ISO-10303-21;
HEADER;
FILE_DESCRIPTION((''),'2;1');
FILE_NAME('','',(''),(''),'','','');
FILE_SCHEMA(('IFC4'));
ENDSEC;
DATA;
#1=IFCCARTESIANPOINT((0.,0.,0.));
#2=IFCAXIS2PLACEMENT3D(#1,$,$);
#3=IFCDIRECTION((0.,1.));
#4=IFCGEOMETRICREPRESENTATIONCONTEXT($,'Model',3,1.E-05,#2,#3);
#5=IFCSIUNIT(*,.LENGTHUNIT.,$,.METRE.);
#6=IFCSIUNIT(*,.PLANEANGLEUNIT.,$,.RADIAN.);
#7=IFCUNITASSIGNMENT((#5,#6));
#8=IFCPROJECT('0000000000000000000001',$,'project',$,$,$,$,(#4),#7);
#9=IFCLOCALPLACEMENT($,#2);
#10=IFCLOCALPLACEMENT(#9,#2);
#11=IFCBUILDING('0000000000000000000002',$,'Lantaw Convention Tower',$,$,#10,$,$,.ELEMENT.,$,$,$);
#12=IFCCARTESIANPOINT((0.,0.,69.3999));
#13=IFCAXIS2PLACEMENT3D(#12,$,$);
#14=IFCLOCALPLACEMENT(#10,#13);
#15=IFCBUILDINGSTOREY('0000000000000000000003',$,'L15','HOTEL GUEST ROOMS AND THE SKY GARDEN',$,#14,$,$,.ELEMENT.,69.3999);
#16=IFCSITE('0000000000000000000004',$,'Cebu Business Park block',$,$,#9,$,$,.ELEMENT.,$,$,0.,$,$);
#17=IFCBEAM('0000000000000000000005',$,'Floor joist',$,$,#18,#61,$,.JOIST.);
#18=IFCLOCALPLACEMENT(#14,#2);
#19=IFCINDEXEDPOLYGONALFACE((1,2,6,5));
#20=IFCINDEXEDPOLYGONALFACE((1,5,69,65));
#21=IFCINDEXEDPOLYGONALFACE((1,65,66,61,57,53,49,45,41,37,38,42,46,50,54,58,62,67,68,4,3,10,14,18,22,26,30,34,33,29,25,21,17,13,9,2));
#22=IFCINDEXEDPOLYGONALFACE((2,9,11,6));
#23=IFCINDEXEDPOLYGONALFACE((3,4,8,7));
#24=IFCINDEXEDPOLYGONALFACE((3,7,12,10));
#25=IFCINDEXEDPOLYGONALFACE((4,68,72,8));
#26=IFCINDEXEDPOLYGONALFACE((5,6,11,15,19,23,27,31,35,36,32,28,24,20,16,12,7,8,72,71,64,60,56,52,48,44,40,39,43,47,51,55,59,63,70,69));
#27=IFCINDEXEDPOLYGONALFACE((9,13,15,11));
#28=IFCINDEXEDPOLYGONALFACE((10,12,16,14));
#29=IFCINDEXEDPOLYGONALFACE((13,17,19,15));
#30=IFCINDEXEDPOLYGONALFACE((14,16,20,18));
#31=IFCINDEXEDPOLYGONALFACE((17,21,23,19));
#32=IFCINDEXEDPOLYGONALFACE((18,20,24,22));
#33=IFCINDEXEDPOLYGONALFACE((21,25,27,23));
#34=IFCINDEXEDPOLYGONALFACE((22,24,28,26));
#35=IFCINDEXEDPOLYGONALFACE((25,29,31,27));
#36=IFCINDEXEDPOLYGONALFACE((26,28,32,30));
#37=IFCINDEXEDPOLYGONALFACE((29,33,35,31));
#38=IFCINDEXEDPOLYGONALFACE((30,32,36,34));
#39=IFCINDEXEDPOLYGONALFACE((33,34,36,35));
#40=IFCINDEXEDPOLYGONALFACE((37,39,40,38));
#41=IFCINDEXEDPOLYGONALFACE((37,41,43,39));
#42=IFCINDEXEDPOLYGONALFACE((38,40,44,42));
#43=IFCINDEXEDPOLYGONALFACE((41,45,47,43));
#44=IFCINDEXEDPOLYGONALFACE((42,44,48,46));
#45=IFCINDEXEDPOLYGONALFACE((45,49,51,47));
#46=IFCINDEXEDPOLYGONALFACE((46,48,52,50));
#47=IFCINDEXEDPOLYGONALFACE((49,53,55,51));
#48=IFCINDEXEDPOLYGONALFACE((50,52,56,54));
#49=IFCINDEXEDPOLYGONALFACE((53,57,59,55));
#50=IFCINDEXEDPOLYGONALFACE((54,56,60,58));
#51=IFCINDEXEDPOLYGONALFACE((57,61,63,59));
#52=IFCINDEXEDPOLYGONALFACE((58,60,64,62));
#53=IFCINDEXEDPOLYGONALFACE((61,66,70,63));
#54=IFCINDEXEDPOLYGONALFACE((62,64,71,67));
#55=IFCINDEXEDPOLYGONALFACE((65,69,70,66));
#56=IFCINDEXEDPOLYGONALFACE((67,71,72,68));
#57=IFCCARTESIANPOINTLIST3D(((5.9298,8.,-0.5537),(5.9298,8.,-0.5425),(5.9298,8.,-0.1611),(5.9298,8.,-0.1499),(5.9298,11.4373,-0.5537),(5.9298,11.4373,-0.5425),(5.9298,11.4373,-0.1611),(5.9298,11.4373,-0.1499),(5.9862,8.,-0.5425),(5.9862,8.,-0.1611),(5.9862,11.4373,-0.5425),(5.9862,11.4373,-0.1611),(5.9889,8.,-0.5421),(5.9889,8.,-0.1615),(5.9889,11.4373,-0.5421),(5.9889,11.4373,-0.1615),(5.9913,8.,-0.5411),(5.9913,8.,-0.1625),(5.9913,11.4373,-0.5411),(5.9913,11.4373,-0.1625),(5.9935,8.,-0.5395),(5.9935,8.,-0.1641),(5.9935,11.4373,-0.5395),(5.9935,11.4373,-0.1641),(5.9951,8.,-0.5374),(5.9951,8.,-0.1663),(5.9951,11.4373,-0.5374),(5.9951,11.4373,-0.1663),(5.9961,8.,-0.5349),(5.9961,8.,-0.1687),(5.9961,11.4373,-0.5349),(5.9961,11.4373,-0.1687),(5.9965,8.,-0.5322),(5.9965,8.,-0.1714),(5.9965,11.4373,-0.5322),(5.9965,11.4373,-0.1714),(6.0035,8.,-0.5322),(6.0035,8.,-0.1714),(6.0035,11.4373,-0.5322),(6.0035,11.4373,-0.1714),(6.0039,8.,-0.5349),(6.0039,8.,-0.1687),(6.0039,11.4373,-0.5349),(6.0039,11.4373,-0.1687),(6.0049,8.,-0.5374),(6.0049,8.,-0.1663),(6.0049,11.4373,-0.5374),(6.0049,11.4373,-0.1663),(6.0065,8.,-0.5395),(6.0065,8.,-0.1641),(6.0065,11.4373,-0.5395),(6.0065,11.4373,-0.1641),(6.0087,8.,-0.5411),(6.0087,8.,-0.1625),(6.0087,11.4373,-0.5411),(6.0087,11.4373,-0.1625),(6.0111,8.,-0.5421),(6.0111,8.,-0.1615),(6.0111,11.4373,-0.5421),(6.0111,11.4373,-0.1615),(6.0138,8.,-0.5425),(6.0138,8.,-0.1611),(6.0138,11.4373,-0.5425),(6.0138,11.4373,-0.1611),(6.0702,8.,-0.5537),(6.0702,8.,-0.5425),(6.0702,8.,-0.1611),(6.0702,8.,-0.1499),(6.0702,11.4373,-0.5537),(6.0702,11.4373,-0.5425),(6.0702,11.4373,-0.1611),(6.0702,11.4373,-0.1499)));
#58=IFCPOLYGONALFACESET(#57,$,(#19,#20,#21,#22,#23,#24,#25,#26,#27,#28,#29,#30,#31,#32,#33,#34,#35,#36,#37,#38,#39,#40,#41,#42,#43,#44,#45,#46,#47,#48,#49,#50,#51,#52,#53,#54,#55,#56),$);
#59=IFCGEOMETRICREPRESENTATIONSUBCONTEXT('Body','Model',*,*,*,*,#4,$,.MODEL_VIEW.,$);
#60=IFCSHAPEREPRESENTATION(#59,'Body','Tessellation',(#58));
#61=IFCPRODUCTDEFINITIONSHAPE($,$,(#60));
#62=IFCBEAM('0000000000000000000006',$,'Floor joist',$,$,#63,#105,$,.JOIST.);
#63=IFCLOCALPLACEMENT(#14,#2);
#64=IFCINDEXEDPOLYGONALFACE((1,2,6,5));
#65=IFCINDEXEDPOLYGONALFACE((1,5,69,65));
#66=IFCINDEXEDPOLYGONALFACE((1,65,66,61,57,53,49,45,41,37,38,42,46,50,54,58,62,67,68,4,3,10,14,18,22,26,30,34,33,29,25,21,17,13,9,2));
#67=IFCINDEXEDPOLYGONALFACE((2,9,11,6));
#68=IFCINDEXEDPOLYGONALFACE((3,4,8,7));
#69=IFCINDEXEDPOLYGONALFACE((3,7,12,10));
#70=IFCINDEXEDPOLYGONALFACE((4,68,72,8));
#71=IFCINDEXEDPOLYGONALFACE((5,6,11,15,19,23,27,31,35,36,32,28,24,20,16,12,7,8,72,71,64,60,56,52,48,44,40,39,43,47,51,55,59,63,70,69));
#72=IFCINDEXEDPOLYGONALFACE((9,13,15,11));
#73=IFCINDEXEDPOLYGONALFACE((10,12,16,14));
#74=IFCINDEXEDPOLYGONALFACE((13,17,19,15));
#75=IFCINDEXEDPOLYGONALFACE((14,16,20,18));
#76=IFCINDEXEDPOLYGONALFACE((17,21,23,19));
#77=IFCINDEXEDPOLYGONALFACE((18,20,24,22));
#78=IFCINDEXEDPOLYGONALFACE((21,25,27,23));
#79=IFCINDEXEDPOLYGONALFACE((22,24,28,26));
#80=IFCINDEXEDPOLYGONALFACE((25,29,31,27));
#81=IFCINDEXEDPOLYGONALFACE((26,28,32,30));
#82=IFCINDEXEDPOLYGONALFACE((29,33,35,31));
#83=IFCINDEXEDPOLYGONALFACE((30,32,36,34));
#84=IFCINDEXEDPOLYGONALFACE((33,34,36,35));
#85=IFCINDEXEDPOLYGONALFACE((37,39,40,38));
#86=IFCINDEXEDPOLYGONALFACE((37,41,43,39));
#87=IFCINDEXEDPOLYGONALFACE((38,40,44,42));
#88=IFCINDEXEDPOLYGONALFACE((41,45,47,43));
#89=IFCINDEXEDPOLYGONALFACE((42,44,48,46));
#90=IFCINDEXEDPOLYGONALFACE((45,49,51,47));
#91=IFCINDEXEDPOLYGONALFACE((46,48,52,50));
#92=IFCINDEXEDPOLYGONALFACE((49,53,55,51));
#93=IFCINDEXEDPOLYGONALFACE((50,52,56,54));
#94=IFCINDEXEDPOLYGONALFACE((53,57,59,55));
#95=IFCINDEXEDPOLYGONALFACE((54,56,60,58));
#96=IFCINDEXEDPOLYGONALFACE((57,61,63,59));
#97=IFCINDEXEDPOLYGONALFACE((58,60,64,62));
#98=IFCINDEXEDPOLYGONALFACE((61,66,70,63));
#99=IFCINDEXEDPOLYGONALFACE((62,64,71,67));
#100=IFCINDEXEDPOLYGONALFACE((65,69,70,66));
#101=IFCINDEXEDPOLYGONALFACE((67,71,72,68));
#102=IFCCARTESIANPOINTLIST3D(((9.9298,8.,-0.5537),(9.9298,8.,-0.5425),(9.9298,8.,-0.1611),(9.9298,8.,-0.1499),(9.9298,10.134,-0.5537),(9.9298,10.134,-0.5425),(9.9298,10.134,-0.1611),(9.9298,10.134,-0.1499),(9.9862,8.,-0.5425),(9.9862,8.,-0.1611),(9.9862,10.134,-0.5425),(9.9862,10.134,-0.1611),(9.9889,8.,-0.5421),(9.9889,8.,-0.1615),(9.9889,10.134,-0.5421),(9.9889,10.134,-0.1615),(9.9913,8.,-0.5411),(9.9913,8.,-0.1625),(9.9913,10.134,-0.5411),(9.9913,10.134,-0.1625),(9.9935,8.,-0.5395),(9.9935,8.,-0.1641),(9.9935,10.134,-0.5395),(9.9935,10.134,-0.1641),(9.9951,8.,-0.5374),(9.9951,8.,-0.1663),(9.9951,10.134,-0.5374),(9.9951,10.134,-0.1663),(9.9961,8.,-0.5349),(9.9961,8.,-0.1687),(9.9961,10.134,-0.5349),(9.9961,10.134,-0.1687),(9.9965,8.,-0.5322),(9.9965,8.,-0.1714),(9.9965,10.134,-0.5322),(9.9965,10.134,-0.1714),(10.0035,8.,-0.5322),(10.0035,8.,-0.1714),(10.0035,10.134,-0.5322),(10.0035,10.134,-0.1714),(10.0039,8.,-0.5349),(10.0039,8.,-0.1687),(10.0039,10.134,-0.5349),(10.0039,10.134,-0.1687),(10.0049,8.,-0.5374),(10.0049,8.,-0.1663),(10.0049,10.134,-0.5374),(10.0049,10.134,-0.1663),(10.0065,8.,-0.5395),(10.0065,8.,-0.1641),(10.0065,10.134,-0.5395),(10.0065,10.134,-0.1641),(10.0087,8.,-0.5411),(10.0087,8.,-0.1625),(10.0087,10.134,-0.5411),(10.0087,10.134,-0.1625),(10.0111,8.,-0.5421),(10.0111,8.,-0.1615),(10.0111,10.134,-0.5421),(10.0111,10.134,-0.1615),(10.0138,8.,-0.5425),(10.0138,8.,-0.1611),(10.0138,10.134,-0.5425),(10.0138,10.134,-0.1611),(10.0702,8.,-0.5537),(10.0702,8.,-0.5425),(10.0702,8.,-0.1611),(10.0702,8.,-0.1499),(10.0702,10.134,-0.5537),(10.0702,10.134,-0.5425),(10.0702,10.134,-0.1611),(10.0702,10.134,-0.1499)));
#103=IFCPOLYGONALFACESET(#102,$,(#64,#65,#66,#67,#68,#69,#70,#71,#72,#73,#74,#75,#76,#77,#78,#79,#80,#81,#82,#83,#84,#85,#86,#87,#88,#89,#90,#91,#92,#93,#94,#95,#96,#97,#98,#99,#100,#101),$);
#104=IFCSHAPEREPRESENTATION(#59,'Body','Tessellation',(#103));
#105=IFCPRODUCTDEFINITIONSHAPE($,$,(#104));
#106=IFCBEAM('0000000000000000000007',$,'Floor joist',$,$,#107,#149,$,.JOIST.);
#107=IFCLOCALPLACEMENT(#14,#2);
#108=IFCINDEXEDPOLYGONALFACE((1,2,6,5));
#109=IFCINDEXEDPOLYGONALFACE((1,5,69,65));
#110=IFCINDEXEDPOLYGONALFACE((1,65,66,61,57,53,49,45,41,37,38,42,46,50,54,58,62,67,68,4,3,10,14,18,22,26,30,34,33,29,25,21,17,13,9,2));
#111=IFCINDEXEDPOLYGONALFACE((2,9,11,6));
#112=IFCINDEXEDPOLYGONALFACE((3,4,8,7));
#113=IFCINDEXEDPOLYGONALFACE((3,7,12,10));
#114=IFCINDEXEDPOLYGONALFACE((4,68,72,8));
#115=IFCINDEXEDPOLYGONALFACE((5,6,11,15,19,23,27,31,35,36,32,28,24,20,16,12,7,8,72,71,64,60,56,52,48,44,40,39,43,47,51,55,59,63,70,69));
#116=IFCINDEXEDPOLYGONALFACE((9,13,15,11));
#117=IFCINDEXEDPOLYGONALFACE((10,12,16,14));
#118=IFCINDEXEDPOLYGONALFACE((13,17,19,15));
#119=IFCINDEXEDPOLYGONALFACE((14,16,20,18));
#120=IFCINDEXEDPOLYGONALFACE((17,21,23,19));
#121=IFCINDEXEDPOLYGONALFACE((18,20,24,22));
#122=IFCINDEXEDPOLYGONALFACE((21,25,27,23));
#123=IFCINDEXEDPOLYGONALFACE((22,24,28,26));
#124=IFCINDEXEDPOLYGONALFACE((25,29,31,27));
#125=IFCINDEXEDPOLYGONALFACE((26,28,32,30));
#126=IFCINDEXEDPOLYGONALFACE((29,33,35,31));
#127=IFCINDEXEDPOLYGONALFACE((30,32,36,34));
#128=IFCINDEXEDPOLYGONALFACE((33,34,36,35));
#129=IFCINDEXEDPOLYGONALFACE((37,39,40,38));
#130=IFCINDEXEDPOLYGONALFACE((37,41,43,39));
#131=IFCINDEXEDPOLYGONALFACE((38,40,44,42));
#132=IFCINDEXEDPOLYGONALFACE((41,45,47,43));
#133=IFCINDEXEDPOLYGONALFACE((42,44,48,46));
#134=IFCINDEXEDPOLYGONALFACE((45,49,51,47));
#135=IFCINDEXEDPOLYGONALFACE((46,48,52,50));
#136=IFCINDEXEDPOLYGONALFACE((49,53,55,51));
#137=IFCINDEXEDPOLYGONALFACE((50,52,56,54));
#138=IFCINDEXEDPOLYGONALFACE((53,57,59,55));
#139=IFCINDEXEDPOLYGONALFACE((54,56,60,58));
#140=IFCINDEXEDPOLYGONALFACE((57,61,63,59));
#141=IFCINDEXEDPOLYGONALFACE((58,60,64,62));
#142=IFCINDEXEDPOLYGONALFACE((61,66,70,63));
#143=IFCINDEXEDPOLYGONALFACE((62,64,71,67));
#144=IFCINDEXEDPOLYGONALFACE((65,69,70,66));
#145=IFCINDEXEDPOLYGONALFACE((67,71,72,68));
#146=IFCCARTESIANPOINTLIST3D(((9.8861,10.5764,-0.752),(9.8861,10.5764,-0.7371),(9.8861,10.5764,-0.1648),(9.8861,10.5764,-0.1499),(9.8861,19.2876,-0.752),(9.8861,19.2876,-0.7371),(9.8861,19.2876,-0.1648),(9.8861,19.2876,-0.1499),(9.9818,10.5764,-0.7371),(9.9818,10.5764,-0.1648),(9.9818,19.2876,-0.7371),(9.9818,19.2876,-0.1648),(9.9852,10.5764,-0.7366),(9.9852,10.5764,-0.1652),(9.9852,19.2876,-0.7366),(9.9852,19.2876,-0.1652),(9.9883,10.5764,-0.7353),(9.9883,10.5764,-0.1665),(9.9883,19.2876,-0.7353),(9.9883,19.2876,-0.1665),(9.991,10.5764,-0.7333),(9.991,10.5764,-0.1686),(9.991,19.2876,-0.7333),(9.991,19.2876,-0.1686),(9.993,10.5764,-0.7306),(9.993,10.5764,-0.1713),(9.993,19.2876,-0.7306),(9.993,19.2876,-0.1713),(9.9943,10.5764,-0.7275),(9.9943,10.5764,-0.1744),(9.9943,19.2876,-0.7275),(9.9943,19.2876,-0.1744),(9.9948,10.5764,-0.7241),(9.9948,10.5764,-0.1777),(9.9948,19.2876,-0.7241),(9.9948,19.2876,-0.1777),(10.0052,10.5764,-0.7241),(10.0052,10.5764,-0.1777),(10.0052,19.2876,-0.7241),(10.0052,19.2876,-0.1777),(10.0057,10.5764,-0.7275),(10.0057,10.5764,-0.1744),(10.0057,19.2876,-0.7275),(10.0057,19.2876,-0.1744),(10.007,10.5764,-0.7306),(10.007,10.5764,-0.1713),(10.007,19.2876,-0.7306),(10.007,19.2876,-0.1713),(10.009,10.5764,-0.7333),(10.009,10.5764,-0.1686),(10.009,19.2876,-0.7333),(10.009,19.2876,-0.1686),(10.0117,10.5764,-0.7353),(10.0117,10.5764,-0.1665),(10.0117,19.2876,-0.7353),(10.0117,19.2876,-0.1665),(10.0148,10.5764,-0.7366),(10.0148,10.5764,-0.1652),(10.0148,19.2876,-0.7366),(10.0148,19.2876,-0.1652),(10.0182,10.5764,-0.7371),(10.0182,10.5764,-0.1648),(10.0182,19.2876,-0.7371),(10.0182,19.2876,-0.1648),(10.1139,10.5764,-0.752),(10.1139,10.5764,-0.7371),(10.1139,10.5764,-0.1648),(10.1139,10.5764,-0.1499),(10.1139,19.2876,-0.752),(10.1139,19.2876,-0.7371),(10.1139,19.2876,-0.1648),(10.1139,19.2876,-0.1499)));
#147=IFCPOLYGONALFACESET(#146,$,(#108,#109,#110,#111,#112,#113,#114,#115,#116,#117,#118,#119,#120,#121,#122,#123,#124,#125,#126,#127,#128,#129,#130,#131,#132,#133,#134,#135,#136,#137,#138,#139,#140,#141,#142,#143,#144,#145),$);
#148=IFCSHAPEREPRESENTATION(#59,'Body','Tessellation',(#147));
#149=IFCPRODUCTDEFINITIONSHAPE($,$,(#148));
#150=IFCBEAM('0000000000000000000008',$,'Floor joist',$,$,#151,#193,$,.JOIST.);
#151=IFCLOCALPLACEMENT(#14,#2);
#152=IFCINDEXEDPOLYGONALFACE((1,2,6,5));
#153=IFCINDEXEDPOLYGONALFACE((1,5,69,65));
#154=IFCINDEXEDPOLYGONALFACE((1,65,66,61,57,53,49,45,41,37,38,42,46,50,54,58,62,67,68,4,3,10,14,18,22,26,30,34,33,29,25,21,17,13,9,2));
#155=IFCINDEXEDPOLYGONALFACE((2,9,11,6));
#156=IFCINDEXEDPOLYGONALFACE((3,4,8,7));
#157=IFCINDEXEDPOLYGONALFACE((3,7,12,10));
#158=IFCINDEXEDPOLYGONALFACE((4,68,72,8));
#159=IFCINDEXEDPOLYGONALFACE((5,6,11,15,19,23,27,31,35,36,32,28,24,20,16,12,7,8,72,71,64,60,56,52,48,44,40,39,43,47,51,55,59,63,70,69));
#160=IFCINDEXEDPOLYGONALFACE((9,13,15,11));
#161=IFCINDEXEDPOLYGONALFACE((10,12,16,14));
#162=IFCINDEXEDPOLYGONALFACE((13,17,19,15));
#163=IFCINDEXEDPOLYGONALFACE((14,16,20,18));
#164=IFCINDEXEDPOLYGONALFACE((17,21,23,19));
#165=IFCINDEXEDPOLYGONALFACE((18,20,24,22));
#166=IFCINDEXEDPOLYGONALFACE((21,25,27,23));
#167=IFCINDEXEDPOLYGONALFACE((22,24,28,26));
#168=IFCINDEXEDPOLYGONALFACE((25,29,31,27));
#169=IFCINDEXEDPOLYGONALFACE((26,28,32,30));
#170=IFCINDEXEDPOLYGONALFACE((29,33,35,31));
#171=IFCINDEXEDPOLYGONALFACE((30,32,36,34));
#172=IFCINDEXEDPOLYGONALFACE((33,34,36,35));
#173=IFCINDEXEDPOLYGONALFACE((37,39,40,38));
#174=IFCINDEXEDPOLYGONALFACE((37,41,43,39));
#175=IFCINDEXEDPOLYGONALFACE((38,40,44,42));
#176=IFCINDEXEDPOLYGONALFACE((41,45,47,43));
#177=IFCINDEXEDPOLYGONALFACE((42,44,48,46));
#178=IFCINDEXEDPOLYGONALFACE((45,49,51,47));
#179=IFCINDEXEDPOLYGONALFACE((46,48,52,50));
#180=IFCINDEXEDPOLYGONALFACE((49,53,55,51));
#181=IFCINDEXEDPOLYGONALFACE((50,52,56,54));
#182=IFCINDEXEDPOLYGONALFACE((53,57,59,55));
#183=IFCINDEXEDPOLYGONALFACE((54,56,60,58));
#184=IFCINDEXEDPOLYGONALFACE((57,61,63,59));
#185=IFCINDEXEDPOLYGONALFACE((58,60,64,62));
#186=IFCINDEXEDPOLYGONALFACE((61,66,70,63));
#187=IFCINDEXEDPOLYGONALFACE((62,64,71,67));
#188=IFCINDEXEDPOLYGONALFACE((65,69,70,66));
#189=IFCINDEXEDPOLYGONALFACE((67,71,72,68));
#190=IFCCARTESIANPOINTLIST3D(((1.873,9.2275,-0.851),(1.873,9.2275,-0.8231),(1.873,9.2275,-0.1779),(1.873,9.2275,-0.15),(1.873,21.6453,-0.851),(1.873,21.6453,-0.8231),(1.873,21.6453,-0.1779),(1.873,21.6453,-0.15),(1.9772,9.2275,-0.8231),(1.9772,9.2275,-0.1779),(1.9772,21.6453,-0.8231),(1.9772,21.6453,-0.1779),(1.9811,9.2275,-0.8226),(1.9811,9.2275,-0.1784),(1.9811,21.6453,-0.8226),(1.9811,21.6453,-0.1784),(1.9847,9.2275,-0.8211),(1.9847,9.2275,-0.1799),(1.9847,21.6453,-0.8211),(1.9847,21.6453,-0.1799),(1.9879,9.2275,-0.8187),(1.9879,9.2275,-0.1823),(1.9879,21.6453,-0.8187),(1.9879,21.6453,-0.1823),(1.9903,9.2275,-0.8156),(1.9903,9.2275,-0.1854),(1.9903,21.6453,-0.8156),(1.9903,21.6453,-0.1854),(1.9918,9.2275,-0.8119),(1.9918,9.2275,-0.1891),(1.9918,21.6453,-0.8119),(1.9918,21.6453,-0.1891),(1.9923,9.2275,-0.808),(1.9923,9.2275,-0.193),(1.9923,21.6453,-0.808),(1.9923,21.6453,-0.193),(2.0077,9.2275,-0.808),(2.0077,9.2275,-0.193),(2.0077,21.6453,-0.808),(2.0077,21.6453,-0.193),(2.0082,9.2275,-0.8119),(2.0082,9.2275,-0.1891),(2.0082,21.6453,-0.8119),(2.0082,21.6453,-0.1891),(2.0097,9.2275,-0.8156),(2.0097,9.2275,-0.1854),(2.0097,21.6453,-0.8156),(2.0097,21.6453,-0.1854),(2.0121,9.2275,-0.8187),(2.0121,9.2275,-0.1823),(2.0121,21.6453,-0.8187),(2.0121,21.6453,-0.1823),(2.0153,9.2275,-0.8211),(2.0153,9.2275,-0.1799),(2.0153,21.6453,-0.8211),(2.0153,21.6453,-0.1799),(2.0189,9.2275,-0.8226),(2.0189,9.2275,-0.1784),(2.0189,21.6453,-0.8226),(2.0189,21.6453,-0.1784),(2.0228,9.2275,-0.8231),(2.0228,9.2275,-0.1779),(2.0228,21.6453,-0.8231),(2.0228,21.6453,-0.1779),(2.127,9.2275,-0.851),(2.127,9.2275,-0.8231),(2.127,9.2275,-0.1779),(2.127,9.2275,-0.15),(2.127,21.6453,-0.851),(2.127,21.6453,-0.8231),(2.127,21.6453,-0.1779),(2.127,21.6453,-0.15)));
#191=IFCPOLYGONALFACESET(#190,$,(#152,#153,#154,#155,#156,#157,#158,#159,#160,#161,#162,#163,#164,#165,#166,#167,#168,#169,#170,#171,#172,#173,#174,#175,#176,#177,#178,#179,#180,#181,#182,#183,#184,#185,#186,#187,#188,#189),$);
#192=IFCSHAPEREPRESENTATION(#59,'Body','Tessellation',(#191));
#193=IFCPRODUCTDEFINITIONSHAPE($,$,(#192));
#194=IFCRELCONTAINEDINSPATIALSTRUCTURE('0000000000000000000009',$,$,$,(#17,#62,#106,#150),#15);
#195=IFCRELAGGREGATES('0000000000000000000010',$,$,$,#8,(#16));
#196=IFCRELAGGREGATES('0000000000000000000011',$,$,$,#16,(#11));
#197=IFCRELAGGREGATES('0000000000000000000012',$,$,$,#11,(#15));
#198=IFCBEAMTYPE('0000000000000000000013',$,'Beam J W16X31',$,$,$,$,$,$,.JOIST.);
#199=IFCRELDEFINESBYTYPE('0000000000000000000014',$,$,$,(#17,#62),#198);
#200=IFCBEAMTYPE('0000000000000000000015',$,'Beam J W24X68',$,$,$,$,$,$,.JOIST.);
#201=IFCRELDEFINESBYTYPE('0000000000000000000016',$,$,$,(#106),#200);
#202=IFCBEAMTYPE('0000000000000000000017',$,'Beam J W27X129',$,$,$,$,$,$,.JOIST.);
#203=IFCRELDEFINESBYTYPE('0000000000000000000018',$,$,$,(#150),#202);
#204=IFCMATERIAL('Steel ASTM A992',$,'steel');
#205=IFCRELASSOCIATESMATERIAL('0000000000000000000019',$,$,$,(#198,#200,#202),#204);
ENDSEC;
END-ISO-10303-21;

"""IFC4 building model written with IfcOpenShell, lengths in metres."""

from ifc_helpers import new_model, si_unit, direction, frame, origin, origin_2d, place, context, subcontext, project, spatial, i_section, extrude, material, material_profile, profile_set, type_object, element, save


model = new_model("IFC4")

# Units and contexts
model_context = context("Model", 3, precision=1e-05, world=origin(), true_north=direction((0.0, 1.0)))
body_context = subcontext(model_context, "Body", "Model", "MODEL_VIEW")
ifc_project = project(units=[si_unit("LENGTHUNIT", "METRE"), si_unit("PLANEANGLEUNIT", "RADIAN")], contexts=[model_context])

# Site, building, storey
site_placement = place(None, origin())
site = spatial("IfcSite", under=ifc_project, at=site_placement, Name="Cebu Business Park block", CompositionType="ELEMENT", RefElevation=0.0)
building_placement = place(site_placement, origin())
building = spatial("IfcBuilding", under=site, at=building_placement, Name="Lantaw Convention Tower", CompositionType="ELEMENT")
storey_placement = place(building_placement, frame((0.0, 0.0, 69.3999)))
storey = spatial("IfcBuildingStorey", under=building, at=storey_placement, Name="L15", Description="HOTEL GUEST ROOMS AND THE SKY GARDEN", CompositionType="ELEMENT", Elevation=69.3999)

# Beams
ifc_material_1 = material(Name="Steel ASTM A992", Category="steel")
ifc_material_profile_1 = material_profile(ifc_material_1, i_section(OverallWidth=0.1404, OverallDepth=0.4038, WebThickness=0.0071, FlangeThickness=0.0112, FilletRadius=0.0103, at=origin_2d()), Name="W16X31")
ifc_profile_set_1 = profile_set([ifc_material_profile_1], Name="Steel ASTM A992")
beam_type_1 = type_object("IfcBeamType", Name="Beam J W16X31", PredefinedType="JOIST", material=ifc_profile_set_1)
beam_1_placement = place(storey_placement, frame((6.0, 8.0, -0.3518), z_axis=(0.0, 1.0, 0.0), x_axis=(-1.0, 0.0, 0.0)))
element("IfcBeam", 1, at=beam_1_placement, inside=storey, type_object=beam_type_1, Name="Floor joist", PredefinedType="JOIST", context=body_context, shape_type="SweptSolid", body=[
    extrude(i_section(OverallWidth=0.1404, OverallDepth=0.4038, WebThickness=0.0071, FlangeThickness=0.0112, FilletRadius=0.0103, at=origin_2d()), origin(), (0.0, 0.0, 1.0), 3.4373),
])
beam_2_placement = place(storey_placement, frame((10.0, 8.0, -0.3518), z_axis=(0.0, 1.0, 0.0), x_axis=(-1.0, 0.0, 0.0)))
element("IfcBeam", 2, at=beam_2_placement, inside=storey, type_object=beam_type_1, Name="Floor joist", PredefinedType="JOIST", context=body_context, shape_type="SweptSolid", body=[
    extrude(i_section(OverallWidth=0.1404, OverallDepth=0.4038, WebThickness=0.0071, FlangeThickness=0.0112, FilletRadius=0.0103, at=origin_2d()), origin(), (0.0, 0.0, 1.0), 2.134),
])
ifc_material_profile_2 = material_profile(ifc_material_1, i_section(OverallWidth=0.2278, OverallDepth=0.6021, WebThickness=0.0105, FlangeThickness=0.0149, FilletRadius=0.0129, at=origin_2d()), Name="W24X68")
ifc_profile_set_2 = profile_set([ifc_material_profile_2], Name="Steel ASTM A992")
beam_type_2 = type_object("IfcBeamType", Name="Beam J W24X68", PredefinedType="JOIST", material=ifc_profile_set_2)
beam_3_placement = place(storey_placement, frame((10.0, 10.5764, -0.4509), z_axis=(0.0, 1.0, 0.0), x_axis=(-1.0, 0.0, 0.0)))
element("IfcBeam", 3, at=beam_3_placement, inside=storey, type_object=beam_type_2, Name="Floor joist", PredefinedType="JOIST", context=body_context, shape_type="SweptSolid", body=[
    extrude(i_section(OverallWidth=0.2278, OverallDepth=0.6021, WebThickness=0.0105, FlangeThickness=0.0149, FilletRadius=0.0129, at=origin_2d()), origin(), (0.0, 0.0, 1.0), 8.7112),
])
ifc_material_profile_3 = material_profile(ifc_material_1, i_section(OverallWidth=0.2539, OverallDepth=0.7009, WebThickness=0.0154, FlangeThickness=0.0278, FilletRadius=0.0151, at=origin_2d()), Name="W27X129")
ifc_profile_set_3 = profile_set([ifc_material_profile_3], Name="Steel ASTM A992")
beam_type_3 = type_object("IfcBeamType", Name="Beam J W27X129", PredefinedType="JOIST", material=ifc_profile_set_3)
beam_4_placement = place(storey_placement, frame((2.0, 9.2275, -0.5005), z_axis=(0.0, 1.0, 0.0), x_axis=(-1.0, 0.0, 0.0)))
element("IfcBeam", 4, at=beam_4_placement, inside=storey, type_object=beam_type_3, Name="Floor joist", PredefinedType="JOIST", context=body_context, shape_type="SweptSolid", body=[
    extrude(i_section(OverallWidth=0.2539, OverallDepth=0.7009, WebThickness=0.0154, FlangeThickness=0.0278, FilletRadius=0.0151, at=origin_2d()), origin(), (0.0, 0.0, 1.0), 12.4177),
])

save(model, "model.ifc")
